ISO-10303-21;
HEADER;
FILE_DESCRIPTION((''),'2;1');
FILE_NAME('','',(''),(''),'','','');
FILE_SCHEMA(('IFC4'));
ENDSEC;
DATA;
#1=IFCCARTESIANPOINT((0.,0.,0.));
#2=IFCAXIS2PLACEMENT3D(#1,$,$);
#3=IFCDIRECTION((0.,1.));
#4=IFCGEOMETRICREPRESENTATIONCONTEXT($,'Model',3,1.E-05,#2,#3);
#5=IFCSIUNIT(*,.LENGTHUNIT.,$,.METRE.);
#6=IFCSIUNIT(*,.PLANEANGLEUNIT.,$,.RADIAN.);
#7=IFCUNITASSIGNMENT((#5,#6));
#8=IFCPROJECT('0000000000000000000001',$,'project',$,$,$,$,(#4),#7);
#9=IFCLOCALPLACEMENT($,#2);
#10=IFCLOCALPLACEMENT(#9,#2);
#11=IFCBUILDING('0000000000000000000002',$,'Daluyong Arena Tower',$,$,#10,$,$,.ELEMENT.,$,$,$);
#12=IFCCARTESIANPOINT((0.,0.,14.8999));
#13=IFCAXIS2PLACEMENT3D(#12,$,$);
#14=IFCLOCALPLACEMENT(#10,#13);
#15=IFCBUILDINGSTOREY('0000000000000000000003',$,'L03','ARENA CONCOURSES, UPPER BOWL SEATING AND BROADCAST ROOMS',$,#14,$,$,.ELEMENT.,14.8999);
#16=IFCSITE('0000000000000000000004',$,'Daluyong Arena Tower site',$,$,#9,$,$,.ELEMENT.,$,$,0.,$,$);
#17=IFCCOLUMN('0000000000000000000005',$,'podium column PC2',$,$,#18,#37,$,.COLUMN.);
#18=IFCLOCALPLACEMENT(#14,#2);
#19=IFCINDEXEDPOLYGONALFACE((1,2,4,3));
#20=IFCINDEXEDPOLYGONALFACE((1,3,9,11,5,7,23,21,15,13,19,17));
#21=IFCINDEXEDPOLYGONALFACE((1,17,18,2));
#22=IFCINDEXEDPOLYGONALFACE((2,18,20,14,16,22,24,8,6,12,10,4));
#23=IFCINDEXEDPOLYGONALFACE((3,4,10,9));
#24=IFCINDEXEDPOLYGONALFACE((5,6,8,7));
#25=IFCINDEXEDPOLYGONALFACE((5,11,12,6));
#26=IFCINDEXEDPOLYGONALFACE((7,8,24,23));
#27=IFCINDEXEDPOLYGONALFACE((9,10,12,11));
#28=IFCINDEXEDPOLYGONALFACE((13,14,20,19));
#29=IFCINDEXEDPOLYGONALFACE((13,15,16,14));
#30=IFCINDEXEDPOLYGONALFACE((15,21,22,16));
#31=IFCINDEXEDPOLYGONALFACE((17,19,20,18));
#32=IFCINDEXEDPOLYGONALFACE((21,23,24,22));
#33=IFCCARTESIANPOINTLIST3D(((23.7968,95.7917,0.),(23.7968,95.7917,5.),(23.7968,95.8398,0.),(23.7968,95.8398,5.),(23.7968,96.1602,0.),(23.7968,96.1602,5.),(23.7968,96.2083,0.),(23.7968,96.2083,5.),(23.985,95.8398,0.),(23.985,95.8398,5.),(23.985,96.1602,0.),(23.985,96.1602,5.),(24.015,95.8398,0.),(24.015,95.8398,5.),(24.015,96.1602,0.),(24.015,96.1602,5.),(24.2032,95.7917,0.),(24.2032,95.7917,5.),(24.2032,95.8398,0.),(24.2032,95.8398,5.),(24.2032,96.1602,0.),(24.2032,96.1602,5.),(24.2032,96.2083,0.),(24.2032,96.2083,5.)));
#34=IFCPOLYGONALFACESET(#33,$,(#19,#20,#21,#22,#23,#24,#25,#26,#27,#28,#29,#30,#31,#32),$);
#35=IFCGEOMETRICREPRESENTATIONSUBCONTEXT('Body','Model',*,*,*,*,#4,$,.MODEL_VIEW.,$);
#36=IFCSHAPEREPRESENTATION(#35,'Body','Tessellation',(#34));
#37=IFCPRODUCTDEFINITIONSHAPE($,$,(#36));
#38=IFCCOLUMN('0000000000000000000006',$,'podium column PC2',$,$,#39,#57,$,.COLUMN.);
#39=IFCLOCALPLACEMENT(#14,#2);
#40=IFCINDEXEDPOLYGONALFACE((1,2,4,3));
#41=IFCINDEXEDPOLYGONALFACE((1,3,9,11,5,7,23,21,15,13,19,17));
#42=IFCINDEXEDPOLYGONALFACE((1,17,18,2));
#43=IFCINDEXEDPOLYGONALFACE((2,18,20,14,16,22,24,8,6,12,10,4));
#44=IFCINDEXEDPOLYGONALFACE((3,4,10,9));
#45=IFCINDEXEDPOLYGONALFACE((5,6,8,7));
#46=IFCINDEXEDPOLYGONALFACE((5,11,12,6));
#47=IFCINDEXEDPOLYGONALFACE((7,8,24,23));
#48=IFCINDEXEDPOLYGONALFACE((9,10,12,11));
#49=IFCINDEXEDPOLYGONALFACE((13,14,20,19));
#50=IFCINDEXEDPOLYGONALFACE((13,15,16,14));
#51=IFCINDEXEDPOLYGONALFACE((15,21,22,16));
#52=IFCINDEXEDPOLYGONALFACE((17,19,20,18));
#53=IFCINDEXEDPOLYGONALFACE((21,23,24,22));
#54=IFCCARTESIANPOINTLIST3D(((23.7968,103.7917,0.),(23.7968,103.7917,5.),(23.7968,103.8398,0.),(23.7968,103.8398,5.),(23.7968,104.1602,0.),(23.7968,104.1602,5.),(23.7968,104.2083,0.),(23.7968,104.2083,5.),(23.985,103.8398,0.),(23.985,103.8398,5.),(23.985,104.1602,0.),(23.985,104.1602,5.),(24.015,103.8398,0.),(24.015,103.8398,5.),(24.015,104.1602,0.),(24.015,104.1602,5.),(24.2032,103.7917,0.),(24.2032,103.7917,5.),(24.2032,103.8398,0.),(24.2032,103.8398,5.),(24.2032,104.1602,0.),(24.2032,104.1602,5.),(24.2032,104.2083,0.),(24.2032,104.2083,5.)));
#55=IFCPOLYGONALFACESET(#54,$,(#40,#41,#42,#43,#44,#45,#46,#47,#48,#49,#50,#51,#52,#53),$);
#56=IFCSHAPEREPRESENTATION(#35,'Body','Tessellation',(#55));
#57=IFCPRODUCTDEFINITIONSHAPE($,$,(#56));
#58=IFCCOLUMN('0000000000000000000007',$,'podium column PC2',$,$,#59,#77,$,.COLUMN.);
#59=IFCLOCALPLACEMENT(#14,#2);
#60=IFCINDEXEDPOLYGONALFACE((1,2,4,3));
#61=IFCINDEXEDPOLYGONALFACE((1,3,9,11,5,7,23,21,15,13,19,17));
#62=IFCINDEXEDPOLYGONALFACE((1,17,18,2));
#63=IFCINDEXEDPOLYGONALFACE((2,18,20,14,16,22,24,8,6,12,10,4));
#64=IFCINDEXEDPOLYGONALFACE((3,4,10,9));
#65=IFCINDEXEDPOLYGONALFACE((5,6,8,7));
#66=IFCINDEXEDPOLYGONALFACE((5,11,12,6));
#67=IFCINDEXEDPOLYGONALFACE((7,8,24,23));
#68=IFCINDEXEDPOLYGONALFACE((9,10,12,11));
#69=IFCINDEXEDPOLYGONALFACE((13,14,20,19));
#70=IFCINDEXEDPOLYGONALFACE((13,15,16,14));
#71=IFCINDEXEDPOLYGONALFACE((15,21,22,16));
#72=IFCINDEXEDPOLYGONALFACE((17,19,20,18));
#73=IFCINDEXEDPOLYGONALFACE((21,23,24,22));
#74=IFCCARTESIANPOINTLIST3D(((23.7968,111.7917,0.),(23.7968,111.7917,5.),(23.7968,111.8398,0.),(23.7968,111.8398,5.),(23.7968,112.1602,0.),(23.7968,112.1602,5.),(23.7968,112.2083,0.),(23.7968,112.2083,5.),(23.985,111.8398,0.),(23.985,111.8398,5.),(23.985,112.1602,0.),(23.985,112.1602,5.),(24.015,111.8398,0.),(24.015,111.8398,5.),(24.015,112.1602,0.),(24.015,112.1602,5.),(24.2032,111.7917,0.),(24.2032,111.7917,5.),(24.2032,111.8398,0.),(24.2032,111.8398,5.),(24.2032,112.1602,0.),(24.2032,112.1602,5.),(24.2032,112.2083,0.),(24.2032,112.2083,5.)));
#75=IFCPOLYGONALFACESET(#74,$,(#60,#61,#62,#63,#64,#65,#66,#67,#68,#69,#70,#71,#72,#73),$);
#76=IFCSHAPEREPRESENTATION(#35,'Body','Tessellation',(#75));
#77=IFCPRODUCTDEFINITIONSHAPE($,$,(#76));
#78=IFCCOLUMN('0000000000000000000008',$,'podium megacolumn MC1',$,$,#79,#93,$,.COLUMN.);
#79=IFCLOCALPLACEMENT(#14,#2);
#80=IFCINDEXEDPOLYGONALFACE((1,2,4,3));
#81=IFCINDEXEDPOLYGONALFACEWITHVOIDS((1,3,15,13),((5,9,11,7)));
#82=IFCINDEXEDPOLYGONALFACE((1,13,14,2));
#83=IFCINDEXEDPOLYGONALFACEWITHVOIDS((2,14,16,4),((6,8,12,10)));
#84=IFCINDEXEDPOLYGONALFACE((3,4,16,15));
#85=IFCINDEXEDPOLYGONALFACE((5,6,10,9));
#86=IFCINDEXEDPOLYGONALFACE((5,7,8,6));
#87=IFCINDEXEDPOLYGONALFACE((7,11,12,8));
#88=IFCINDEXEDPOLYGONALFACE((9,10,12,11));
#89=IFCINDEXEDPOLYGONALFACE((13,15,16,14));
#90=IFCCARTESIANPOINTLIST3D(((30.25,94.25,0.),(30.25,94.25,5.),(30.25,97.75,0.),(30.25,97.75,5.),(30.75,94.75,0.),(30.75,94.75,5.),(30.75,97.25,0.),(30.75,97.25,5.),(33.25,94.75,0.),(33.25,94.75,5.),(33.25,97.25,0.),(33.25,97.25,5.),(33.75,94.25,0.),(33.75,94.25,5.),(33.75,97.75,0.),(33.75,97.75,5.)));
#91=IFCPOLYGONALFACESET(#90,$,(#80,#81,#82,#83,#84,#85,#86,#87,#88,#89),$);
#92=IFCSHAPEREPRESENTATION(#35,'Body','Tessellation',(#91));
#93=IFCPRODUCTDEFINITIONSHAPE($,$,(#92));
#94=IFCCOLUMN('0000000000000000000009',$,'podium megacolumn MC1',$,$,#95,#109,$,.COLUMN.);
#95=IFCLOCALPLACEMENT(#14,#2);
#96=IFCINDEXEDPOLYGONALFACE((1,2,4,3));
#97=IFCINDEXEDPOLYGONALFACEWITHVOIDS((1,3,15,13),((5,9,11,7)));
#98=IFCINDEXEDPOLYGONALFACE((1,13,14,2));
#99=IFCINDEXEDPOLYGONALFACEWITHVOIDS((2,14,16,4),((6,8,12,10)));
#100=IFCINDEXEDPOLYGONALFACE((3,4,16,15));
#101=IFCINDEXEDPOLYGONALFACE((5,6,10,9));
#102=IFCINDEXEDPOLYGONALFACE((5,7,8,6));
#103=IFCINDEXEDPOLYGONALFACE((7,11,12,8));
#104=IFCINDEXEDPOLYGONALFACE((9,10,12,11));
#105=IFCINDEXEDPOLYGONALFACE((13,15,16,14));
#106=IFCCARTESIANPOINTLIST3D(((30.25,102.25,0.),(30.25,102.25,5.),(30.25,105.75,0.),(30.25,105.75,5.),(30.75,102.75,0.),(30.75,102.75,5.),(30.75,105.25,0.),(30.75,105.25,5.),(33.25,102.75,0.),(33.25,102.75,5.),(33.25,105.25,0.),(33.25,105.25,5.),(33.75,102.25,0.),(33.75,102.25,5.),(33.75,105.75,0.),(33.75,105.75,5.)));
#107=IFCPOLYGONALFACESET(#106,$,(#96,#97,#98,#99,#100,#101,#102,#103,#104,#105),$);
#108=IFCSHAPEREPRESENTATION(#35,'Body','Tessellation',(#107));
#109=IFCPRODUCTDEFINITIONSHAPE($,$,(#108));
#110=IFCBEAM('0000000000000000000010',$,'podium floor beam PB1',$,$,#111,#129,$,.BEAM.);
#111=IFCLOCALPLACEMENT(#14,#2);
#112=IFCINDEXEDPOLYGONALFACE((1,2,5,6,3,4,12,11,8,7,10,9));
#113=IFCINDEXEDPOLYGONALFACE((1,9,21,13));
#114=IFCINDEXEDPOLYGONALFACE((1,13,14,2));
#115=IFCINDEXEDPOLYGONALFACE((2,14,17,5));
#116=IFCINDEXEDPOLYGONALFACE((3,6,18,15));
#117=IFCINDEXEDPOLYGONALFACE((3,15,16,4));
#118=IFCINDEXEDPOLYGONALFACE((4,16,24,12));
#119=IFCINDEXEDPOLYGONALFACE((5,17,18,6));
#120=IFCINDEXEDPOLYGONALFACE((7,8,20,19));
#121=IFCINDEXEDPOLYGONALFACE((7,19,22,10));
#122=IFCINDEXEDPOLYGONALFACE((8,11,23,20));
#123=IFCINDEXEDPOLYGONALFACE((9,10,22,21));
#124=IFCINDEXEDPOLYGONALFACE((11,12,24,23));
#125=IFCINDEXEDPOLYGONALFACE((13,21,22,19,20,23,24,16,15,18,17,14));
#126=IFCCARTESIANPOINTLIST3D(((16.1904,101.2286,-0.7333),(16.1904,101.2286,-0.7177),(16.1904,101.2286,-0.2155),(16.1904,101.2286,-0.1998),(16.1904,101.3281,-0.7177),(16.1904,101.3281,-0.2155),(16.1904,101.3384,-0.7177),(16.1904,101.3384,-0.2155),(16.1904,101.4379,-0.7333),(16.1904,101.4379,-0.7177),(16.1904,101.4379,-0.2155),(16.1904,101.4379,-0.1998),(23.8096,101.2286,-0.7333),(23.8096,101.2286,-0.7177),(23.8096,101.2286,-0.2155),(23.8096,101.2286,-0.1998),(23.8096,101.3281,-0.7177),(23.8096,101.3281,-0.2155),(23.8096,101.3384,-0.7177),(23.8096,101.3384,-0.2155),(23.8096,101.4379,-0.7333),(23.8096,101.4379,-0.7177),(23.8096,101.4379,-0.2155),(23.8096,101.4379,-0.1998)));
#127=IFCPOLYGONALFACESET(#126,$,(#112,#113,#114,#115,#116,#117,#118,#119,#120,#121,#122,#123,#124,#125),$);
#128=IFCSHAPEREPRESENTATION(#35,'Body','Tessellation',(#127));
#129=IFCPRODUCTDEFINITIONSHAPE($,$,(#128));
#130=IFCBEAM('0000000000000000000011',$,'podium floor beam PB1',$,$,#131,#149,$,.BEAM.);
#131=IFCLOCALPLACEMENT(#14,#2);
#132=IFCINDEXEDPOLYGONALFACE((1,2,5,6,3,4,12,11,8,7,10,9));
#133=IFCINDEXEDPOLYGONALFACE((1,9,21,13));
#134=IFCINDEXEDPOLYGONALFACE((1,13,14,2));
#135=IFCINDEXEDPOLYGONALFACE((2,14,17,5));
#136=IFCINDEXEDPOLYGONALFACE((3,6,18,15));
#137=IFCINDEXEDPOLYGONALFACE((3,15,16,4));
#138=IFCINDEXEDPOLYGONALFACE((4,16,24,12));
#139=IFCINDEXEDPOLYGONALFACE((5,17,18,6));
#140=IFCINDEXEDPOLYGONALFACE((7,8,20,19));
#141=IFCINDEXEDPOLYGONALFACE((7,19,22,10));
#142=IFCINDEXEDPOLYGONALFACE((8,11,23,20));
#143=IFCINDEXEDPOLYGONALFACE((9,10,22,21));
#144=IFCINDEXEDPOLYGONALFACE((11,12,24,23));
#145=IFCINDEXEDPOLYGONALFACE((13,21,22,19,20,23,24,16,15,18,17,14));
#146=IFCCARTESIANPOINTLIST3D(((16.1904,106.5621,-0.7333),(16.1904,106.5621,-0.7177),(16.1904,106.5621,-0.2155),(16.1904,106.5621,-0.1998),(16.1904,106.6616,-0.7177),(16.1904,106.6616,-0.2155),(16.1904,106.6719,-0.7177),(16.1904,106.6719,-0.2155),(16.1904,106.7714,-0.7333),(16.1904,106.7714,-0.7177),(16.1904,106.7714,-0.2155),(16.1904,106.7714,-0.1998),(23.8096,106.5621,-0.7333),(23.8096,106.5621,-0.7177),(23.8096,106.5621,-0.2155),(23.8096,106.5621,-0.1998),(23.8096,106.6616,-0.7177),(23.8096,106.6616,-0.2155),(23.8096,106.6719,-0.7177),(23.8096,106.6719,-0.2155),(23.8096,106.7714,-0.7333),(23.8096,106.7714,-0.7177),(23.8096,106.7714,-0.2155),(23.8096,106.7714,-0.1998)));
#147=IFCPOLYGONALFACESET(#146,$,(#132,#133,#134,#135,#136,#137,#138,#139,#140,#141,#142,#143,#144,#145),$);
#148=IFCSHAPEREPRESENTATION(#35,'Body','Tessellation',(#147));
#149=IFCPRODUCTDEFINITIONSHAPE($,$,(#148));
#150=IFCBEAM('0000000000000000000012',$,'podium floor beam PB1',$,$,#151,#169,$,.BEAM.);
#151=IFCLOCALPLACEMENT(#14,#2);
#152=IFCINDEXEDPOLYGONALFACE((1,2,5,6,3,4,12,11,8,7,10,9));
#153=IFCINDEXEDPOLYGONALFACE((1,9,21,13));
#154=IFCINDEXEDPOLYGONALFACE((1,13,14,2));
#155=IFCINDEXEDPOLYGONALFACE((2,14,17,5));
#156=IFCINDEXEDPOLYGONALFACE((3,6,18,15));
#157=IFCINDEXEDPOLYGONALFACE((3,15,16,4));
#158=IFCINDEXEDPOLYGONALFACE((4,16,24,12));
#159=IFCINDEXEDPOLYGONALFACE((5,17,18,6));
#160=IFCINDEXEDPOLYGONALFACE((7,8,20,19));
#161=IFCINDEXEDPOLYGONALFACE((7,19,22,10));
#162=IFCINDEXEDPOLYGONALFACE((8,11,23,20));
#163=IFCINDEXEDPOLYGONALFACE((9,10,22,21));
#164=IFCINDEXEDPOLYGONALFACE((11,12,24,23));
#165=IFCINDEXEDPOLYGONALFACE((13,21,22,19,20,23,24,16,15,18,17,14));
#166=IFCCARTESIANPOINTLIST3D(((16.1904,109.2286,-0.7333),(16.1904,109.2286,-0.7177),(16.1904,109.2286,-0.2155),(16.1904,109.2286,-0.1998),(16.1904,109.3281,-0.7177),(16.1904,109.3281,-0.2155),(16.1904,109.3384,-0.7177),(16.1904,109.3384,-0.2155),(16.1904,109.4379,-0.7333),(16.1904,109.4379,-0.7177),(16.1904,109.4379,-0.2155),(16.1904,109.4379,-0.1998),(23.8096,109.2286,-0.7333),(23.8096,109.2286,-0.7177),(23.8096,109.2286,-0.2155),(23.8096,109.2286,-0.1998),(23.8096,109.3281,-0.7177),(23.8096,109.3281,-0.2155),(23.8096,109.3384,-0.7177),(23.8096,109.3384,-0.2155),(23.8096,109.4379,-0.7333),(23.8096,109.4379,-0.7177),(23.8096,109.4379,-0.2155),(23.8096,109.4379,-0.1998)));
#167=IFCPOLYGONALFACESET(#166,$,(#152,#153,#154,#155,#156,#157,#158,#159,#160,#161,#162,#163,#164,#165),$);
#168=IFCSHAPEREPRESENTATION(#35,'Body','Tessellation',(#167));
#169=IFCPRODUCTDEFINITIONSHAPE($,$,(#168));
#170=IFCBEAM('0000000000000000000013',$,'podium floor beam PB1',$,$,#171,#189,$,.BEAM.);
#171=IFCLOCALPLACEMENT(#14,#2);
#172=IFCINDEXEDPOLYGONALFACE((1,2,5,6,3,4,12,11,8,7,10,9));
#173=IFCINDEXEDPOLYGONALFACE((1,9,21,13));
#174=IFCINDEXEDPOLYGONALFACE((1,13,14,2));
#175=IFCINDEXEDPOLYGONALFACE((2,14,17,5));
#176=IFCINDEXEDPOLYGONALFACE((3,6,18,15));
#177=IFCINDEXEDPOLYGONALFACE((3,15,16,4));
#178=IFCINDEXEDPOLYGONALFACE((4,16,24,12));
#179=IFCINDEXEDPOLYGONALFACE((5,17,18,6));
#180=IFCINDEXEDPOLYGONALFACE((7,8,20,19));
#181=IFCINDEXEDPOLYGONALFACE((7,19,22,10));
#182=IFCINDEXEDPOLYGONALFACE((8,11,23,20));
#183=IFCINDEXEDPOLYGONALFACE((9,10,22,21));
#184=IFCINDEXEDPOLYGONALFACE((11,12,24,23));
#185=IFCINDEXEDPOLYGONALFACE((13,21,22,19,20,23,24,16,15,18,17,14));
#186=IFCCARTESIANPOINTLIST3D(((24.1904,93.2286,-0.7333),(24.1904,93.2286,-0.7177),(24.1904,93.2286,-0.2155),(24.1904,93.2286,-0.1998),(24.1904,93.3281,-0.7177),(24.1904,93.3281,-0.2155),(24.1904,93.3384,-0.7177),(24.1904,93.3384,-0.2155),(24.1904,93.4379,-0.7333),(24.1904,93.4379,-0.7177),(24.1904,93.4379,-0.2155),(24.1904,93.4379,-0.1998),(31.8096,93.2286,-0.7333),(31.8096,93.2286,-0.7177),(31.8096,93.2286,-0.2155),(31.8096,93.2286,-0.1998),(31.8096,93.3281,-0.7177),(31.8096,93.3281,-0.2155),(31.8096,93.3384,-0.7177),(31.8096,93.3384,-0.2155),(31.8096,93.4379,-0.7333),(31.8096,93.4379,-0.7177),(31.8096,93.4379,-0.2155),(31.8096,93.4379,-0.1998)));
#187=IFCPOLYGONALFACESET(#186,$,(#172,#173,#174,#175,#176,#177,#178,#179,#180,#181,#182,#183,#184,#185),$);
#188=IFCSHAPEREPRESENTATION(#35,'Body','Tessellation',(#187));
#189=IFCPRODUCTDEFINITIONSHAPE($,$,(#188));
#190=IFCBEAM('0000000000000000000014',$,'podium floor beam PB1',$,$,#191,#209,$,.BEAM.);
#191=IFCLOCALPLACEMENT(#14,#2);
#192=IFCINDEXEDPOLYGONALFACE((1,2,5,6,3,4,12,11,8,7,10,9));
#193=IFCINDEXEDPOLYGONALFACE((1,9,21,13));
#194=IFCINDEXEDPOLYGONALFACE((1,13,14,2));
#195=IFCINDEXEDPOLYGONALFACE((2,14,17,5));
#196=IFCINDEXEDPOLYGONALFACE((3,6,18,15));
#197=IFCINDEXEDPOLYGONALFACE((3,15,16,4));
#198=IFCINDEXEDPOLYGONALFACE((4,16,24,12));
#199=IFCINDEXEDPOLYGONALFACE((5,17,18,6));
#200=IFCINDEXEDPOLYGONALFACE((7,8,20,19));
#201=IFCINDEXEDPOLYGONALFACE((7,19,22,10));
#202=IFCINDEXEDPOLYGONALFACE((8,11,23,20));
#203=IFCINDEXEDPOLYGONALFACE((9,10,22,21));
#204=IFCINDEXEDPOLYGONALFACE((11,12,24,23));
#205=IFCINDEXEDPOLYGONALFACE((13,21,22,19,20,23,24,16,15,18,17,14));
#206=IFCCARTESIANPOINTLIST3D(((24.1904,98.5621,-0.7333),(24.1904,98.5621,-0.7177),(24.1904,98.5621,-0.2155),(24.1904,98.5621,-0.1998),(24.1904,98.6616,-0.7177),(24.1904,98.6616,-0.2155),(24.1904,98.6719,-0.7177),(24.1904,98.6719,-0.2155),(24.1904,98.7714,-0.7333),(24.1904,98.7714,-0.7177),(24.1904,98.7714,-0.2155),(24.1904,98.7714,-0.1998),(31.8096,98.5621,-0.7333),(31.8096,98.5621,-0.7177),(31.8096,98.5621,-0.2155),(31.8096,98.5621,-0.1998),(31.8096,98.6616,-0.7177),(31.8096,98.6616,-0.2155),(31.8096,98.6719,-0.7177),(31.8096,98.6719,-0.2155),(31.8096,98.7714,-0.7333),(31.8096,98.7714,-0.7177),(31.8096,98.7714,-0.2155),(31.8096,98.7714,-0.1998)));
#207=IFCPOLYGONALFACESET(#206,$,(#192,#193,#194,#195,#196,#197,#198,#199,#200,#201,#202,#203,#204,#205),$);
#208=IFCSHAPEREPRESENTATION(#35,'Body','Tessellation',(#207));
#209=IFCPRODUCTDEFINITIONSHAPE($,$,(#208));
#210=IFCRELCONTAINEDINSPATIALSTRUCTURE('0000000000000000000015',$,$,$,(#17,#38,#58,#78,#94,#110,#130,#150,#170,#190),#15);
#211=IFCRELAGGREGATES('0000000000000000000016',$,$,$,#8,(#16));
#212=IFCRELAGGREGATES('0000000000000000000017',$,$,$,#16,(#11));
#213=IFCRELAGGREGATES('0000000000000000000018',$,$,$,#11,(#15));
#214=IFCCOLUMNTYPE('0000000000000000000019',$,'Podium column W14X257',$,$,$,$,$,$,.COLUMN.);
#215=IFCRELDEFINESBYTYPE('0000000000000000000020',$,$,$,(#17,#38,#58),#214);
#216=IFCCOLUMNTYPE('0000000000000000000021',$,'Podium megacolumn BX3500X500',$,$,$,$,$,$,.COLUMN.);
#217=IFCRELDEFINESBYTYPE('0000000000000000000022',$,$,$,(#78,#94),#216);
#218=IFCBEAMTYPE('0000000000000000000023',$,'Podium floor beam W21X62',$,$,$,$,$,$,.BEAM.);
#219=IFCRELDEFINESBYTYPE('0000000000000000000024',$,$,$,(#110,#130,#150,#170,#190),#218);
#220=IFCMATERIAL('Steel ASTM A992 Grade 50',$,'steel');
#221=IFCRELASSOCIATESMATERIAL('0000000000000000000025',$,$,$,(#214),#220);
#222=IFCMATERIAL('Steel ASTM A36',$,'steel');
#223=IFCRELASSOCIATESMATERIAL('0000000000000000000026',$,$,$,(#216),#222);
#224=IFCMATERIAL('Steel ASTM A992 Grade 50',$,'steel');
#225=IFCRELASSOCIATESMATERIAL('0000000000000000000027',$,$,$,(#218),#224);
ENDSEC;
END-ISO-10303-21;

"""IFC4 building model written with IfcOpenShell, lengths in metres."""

from ifc_helpers import new_model, si_unit, direction, frame, origin, origin_2d, place, context, subcontext, project, spatial, hollow_rectangle, i_section, extrude, material, material_profile, profile_set, type_object, element, save


model = new_model("IFC4")

# Units and contexts
model_context = context("Model", 3, precision=1e-05, world=origin(), true_north=direction((0.0, 1.0)))
body_context = subcontext(model_context, "Body", "Model", "MODEL_VIEW")
ifc_project = project(units=[si_unit("LENGTHUNIT", "METRE"), si_unit("PLANEANGLEUNIT", "RADIAN")], contexts=[model_context])

# Site, building, storey
site_placement = place(None, origin())
site = spatial("IfcSite", under=ifc_project, at=site_placement, Name="Daluyong Arena Tower site", CompositionType="ELEMENT", RefElevation=0.0)
building_placement = place(site_placement, origin())
building = spatial("IfcBuilding", under=site, at=building_placement, Name="Daluyong Arena Tower", CompositionType="ELEMENT")
storey_placement = place(building_placement, frame((0.0, 0.0, 14.8999)))
storey = spatial("IfcBuildingStorey", under=building, at=storey_placement, Name="L03", Description="ARENA CONCOURSES, UPPER BOWL SEATING AND BROADCAST ROOMS", CompositionType="ELEMENT", Elevation=14.8999)

# Columns
ifc_material_1 = material(Name="Steel ASTM A992 Grade 50", Category="steel")
ifc_material_profile_1 = material_profile(ifc_material_1, i_section(OverallWidth=0.4065, OverallDepth=0.4165, WebThickness=0.03, FlangeThickness=0.0481, at=origin_2d()))
ifc_profile_set_1 = profile_set([ifc_material_profile_1], Name="Steel ASTM A992 Grade 50")
column_type_1 = type_object("IfcColumnType", Name="Podium column W14X257", PredefinedType="COLUMN", material=ifc_profile_set_1)
for number, where, z_axis, x_axis, name in (
    (1, (24.0, 96.0, 0.0), (0.0, 0.0, 1.0), (1.0, 0.0, 0.0), "podium column PC2"),
    (2, (24.0, 104.0, 0.0), (0.0, 0.0, 1.0), (1.0, 0.0, 0.0), "podium column PC2"),
    (3, (24.0, 112.0, 0.0), (0.0, 0.0, 1.0), (1.0, 0.0, 0.0), "podium column PC2"),
):
    element("IfcColumn", number, at=place(storey_placement, frame(where, z_axis=z_axis, x_axis=x_axis)), inside=storey, type_object=column_type_1, Name=name, PredefinedType="COLUMN", context=body_context, shape_type="SweptSolid", body=[
        extrude(i_section(OverallWidth=0.4065, OverallDepth=0.4165, WebThickness=0.03, FlangeThickness=0.0481, at=origin_2d()), origin(), (0.0, 0.0, 1.0), 5.0),
    ])
ifc_material_2 = material(Name="Steel ASTM A36", Category="steel")
ifc_material_profile_2 = material_profile(ifc_material_2, hollow_rectangle(XDim=3.5, YDim=3.5, WallThickness=0.5, at=origin_2d()))
ifc_profile_set_2 = profile_set([ifc_material_profile_2], Name="Steel ASTM A36")
column_type_2 = type_object("IfcColumnType", Name="Podium megacolumn BX3500X500", PredefinedType="COLUMN", material=ifc_profile_set_2)
for number, where, z_axis, x_axis, name in (
    (4, (32.0, 96.0, 0.0), (0.0, 0.0, 1.0), (1.0, 0.0, 0.0), "podium megacolumn MC1"),
    (5, (32.0, 104.0, 0.0), (0.0, 0.0, 1.0), (1.0, 0.0, 0.0), "podium megacolumn MC1"),
):
    element("IfcColumn", number, at=place(storey_placement, frame(where, z_axis=z_axis, x_axis=x_axis)), inside=storey, type_object=column_type_2, Name=name, PredefinedType="COLUMN", context=body_context, shape_type="SweptSolid", body=[
        extrude(hollow_rectangle(XDim=3.5, YDim=3.5, WallThickness=0.5, at=origin_2d()), origin(), (0.0, 0.0, 1.0), 5.0),
    ])

# Beams
ifc_material_3 = material(Name="Steel ASTM A992 Grade 50", Category="steel")
ifc_material_profile_3 = material_profile(ifc_material_3, i_section(OverallWidth=0.2092, OverallDepth=0.5334, WebThickness=0.0103, FlangeThickness=0.0156, at=origin_2d()))
ifc_profile_set_3 = profile_set([ifc_material_profile_3], Name="Steel ASTM A992 Grade 50")
beam_type_1 = type_object("IfcBeamType", Name="Podium floor beam W21X62", PredefinedType="BEAM", material=ifc_profile_set_3)
for number, where, z_axis, x_axis, name in (
    (6, (16.1904, 101.3333, -0.4666), (1.0, 0.0, 0.0), (0.0, 1.0, 0.0), "podium floor beam PB1"),
    (7, (16.1904, 106.6667, -0.4666), (1.0, 0.0, 0.0), (0.0, 1.0, 0.0), "podium floor beam PB1"),
    (8, (16.1904, 109.3333, -0.4666), (1.0, 0.0, 0.0), (0.0, 1.0, 0.0), "podium floor beam PB1"),
    (9, (24.1904, 93.3333, -0.4666), (1.0, 0.0, 0.0), (0.0, 1.0, 0.0), "podium floor beam PB1"),
    (10, (24.1904, 98.6667, -0.4666), (1.0, 0.0, 0.0), (0.0, 1.0, 0.0), "podium floor beam PB1"),
):
    element("IfcBeam", number, at=place(storey_placement, frame(where, z_axis=z_axis, x_axis=x_axis)), inside=storey, type_object=beam_type_1, Name=name, PredefinedType="BEAM", context=body_context, shape_type="SweptSolid", body=[
        extrude(i_section(OverallWidth=0.2092, OverallDepth=0.5334, WebThickness=0.0103, FlangeThickness=0.0156, at=origin_2d()), origin(), (0.0, 0.0, 1.0), 7.6191),
    ])

save(model, "model.ifc")
